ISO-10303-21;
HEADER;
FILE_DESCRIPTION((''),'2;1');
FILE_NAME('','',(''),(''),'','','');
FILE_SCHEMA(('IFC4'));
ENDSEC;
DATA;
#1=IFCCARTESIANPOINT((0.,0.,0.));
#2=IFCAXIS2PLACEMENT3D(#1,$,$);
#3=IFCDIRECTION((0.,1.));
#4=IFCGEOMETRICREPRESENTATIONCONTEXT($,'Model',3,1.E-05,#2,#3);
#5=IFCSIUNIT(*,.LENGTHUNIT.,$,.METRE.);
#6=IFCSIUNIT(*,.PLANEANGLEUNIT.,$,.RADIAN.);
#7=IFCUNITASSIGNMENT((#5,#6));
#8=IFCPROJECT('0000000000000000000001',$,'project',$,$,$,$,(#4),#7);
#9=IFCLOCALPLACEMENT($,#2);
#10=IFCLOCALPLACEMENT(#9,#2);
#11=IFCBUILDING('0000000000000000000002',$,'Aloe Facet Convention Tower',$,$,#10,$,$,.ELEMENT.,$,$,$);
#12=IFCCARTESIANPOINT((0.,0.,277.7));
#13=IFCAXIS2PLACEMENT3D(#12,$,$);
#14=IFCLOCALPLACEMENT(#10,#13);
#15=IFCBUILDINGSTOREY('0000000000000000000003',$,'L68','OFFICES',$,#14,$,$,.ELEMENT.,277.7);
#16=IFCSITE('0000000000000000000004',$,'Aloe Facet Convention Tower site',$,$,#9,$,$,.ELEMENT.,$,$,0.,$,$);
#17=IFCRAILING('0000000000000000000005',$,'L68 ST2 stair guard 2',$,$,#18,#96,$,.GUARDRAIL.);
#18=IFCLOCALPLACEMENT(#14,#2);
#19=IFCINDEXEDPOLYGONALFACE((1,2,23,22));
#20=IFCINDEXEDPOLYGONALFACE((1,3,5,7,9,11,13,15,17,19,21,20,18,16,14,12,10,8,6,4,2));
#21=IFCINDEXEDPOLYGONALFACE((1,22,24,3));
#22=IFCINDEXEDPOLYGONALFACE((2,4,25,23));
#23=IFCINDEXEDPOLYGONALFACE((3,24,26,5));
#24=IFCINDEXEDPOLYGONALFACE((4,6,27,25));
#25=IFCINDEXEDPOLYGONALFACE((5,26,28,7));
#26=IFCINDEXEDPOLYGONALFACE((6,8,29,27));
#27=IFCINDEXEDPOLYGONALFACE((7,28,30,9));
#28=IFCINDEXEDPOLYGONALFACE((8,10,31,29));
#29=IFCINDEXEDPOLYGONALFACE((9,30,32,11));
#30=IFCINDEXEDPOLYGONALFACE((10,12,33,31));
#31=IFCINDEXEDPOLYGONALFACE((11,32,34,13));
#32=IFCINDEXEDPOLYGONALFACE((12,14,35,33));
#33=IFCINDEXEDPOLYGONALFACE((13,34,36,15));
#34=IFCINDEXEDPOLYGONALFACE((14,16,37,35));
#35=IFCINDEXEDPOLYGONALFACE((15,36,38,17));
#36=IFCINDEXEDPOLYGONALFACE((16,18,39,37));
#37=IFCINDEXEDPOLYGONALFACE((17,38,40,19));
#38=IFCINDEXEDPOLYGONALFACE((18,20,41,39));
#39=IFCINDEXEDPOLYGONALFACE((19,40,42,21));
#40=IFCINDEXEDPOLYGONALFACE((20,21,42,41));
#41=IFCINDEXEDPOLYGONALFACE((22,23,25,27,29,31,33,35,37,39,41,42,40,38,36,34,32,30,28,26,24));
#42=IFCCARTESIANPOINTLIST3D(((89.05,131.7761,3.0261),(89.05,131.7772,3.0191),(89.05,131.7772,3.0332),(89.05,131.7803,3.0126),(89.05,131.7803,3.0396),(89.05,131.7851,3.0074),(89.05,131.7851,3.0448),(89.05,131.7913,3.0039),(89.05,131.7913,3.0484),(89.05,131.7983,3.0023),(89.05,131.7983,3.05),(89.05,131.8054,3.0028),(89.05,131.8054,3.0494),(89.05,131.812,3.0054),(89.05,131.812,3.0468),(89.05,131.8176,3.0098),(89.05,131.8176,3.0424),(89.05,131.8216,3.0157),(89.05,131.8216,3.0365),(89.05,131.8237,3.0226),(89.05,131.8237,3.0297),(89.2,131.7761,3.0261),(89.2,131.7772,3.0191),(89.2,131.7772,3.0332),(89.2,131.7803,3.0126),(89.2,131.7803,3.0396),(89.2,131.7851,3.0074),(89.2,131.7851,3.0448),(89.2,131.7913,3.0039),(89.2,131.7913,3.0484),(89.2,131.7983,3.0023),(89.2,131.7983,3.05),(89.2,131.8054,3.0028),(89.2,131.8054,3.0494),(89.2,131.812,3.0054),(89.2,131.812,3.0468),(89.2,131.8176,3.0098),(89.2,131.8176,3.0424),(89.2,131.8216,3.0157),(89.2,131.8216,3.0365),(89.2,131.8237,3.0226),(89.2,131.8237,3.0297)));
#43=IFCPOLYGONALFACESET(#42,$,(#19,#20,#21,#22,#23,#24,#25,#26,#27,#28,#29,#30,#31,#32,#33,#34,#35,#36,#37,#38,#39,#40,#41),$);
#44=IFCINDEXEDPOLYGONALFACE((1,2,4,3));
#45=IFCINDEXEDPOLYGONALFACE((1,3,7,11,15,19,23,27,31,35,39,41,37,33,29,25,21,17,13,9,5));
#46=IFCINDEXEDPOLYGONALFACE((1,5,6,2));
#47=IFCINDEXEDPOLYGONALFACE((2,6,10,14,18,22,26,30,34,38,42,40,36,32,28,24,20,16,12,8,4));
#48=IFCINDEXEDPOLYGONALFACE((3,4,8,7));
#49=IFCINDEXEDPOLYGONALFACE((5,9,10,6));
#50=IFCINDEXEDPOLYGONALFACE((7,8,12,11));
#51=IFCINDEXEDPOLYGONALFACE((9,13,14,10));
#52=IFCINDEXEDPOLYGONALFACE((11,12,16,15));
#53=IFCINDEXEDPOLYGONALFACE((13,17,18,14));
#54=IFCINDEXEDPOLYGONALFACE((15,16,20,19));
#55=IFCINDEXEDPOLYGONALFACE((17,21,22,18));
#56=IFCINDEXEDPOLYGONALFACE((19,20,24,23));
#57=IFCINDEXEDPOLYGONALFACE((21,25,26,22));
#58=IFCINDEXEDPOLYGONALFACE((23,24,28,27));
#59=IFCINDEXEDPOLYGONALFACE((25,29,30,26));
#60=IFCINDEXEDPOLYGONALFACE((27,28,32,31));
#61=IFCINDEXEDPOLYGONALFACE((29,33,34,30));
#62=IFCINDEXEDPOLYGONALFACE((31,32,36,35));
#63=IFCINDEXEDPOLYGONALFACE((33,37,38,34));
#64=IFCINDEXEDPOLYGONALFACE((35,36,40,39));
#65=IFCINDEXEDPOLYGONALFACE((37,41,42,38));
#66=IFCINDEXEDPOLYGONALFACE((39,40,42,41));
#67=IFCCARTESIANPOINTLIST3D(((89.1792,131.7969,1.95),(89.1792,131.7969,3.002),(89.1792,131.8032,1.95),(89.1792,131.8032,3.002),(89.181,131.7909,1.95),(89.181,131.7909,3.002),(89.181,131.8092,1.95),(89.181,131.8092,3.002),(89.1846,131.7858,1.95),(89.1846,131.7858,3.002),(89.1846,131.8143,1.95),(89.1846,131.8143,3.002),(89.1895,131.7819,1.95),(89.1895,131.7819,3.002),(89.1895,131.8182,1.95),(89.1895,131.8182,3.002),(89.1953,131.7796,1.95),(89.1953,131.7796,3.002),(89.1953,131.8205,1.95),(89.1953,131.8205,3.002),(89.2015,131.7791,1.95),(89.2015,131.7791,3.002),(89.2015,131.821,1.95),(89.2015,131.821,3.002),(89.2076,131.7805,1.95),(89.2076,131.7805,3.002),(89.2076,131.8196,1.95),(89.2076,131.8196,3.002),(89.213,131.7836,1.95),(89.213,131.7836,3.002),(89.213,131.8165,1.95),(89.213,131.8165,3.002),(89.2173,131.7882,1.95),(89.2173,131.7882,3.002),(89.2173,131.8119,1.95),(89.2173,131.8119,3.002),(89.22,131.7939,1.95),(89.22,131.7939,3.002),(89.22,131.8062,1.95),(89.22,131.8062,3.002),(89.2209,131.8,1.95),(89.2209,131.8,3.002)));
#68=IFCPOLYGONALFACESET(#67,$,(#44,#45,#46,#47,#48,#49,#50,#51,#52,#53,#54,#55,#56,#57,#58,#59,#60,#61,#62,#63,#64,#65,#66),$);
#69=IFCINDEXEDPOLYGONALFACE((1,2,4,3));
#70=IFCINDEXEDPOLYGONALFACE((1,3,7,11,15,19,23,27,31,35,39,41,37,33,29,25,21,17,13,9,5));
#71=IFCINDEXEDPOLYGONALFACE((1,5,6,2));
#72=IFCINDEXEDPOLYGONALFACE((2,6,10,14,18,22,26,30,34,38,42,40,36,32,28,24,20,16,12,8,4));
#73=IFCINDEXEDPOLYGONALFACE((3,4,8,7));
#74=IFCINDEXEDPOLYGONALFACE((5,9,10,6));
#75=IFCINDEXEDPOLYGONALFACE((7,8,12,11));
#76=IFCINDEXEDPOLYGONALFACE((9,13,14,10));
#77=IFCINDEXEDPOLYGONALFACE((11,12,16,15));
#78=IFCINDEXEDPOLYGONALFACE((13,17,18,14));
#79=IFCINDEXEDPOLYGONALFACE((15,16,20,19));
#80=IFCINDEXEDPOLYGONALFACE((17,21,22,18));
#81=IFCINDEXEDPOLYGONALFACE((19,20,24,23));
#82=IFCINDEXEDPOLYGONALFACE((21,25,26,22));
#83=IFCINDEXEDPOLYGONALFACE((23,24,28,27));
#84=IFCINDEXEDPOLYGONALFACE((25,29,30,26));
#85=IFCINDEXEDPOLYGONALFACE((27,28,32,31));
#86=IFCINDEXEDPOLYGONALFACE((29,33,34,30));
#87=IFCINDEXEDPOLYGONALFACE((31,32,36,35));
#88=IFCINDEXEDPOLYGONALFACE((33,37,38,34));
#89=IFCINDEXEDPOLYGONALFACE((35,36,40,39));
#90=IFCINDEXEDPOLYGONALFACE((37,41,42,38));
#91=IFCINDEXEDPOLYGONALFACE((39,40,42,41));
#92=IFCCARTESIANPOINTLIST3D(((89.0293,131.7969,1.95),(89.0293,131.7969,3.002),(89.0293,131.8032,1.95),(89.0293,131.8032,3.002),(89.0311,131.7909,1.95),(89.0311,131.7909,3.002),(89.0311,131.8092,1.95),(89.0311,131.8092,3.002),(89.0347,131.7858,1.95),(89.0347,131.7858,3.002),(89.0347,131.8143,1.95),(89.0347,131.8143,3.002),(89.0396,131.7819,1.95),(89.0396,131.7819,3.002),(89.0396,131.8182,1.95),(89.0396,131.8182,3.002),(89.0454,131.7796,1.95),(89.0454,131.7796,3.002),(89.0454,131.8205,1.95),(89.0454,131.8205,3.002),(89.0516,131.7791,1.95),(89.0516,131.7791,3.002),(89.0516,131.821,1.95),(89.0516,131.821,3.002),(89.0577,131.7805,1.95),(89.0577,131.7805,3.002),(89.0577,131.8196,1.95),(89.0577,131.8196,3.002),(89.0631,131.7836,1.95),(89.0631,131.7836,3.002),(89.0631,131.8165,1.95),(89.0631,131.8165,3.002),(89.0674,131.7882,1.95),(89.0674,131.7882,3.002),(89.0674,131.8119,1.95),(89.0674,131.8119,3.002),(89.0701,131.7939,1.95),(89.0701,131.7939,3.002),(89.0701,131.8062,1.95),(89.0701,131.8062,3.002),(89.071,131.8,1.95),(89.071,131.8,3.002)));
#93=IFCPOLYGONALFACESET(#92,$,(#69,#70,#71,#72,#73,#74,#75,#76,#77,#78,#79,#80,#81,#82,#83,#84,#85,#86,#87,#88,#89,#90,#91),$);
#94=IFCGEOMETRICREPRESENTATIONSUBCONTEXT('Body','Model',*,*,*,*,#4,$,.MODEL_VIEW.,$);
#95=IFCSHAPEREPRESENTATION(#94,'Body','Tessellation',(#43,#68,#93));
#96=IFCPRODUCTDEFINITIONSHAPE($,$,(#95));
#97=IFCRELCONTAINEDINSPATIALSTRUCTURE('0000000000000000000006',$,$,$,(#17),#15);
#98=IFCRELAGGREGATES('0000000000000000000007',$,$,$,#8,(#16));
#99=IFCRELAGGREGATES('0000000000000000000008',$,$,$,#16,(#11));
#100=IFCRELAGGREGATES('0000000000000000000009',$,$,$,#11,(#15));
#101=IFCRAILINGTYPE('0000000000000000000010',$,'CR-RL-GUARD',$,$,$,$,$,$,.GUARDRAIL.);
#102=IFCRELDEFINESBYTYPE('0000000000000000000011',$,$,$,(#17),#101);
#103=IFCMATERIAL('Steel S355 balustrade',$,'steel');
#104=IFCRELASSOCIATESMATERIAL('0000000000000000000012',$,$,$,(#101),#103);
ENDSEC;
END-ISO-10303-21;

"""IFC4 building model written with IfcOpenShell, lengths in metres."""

from ifc_helpers import new_model, si_unit, direction, frame, origin, origin_2d, place, context, subcontext, project, spatial, circle, extrude, material, type_object, element, save


model = new_model("IFC4")

# Units and contexts
model_context = context("Model", 3, precision=1e-05, world=origin(), true_north=direction((0.0, 1.0)))
body_context = subcontext(model_context, "Body", "Model", "MODEL_VIEW")
ifc_project = project(units=[si_unit("LENGTHUNIT", "METRE"), si_unit("PLANEANGLEUNIT", "RADIAN")], contexts=[model_context])

# Site, building, storey
site_placement = place(None, origin())
site = spatial("IfcSite", under=ifc_project, at=site_placement, Name="Aloe Facet Convention Tower site", CompositionType="ELEMENT", RefElevation=0.0)
building_placement = place(site_placement, origin())
building = spatial("IfcBuilding", under=site, at=building_placement, Name="Aloe Facet Convention Tower", CompositionType="ELEMENT")
storey_placement = place(building_placement, frame((0.0, 0.0, 277.7)))
storey = spatial("IfcBuildingStorey", under=building, at=storey_placement, Name="L68", Description="OFFICES", CompositionType="ELEMENT", Elevation=277.7)

# Railing
ifc_material_1 = material(Name="Steel S355 balustrade", Category="steel")
railing_type_1 = type_object("IfcRailingType", Name="CR-RL-GUARD", PredefinedType="GUARDRAIL", material=ifc_material_1)
railing_1_placement = place(storey_placement, frame((89.2, 131.8, 1.95)))
element("IfcRailing", 1, at=railing_1_placement, inside=storey, type_object=railing_type_1, Name="L68 ST2 stair guard 2", PredefinedType="GUARDRAIL", context=body_context, shape_type="SweptSolid", body=[
    extrude(circle(Radius=0.0239, at=origin_2d()), frame((0.0, 0.0, 1.0762), z_axis=(-1.0, 0.0, 0.0), x_axis=(0.0, -1.0, 0.0)), (0.0, 0.0, 1.0), 0.1499),
    extrude(circle(Radius=0.021, at=origin_2d()), origin(), (0.0, 0.0, 1.0), 1.052),
    extrude(circle(Radius=0.021, at=origin_2d()), frame((-0.1499, 0.0, 0.0)), (0.0, 0.0, 1.0), 1.052),
])

save(model, "model.ifc")
